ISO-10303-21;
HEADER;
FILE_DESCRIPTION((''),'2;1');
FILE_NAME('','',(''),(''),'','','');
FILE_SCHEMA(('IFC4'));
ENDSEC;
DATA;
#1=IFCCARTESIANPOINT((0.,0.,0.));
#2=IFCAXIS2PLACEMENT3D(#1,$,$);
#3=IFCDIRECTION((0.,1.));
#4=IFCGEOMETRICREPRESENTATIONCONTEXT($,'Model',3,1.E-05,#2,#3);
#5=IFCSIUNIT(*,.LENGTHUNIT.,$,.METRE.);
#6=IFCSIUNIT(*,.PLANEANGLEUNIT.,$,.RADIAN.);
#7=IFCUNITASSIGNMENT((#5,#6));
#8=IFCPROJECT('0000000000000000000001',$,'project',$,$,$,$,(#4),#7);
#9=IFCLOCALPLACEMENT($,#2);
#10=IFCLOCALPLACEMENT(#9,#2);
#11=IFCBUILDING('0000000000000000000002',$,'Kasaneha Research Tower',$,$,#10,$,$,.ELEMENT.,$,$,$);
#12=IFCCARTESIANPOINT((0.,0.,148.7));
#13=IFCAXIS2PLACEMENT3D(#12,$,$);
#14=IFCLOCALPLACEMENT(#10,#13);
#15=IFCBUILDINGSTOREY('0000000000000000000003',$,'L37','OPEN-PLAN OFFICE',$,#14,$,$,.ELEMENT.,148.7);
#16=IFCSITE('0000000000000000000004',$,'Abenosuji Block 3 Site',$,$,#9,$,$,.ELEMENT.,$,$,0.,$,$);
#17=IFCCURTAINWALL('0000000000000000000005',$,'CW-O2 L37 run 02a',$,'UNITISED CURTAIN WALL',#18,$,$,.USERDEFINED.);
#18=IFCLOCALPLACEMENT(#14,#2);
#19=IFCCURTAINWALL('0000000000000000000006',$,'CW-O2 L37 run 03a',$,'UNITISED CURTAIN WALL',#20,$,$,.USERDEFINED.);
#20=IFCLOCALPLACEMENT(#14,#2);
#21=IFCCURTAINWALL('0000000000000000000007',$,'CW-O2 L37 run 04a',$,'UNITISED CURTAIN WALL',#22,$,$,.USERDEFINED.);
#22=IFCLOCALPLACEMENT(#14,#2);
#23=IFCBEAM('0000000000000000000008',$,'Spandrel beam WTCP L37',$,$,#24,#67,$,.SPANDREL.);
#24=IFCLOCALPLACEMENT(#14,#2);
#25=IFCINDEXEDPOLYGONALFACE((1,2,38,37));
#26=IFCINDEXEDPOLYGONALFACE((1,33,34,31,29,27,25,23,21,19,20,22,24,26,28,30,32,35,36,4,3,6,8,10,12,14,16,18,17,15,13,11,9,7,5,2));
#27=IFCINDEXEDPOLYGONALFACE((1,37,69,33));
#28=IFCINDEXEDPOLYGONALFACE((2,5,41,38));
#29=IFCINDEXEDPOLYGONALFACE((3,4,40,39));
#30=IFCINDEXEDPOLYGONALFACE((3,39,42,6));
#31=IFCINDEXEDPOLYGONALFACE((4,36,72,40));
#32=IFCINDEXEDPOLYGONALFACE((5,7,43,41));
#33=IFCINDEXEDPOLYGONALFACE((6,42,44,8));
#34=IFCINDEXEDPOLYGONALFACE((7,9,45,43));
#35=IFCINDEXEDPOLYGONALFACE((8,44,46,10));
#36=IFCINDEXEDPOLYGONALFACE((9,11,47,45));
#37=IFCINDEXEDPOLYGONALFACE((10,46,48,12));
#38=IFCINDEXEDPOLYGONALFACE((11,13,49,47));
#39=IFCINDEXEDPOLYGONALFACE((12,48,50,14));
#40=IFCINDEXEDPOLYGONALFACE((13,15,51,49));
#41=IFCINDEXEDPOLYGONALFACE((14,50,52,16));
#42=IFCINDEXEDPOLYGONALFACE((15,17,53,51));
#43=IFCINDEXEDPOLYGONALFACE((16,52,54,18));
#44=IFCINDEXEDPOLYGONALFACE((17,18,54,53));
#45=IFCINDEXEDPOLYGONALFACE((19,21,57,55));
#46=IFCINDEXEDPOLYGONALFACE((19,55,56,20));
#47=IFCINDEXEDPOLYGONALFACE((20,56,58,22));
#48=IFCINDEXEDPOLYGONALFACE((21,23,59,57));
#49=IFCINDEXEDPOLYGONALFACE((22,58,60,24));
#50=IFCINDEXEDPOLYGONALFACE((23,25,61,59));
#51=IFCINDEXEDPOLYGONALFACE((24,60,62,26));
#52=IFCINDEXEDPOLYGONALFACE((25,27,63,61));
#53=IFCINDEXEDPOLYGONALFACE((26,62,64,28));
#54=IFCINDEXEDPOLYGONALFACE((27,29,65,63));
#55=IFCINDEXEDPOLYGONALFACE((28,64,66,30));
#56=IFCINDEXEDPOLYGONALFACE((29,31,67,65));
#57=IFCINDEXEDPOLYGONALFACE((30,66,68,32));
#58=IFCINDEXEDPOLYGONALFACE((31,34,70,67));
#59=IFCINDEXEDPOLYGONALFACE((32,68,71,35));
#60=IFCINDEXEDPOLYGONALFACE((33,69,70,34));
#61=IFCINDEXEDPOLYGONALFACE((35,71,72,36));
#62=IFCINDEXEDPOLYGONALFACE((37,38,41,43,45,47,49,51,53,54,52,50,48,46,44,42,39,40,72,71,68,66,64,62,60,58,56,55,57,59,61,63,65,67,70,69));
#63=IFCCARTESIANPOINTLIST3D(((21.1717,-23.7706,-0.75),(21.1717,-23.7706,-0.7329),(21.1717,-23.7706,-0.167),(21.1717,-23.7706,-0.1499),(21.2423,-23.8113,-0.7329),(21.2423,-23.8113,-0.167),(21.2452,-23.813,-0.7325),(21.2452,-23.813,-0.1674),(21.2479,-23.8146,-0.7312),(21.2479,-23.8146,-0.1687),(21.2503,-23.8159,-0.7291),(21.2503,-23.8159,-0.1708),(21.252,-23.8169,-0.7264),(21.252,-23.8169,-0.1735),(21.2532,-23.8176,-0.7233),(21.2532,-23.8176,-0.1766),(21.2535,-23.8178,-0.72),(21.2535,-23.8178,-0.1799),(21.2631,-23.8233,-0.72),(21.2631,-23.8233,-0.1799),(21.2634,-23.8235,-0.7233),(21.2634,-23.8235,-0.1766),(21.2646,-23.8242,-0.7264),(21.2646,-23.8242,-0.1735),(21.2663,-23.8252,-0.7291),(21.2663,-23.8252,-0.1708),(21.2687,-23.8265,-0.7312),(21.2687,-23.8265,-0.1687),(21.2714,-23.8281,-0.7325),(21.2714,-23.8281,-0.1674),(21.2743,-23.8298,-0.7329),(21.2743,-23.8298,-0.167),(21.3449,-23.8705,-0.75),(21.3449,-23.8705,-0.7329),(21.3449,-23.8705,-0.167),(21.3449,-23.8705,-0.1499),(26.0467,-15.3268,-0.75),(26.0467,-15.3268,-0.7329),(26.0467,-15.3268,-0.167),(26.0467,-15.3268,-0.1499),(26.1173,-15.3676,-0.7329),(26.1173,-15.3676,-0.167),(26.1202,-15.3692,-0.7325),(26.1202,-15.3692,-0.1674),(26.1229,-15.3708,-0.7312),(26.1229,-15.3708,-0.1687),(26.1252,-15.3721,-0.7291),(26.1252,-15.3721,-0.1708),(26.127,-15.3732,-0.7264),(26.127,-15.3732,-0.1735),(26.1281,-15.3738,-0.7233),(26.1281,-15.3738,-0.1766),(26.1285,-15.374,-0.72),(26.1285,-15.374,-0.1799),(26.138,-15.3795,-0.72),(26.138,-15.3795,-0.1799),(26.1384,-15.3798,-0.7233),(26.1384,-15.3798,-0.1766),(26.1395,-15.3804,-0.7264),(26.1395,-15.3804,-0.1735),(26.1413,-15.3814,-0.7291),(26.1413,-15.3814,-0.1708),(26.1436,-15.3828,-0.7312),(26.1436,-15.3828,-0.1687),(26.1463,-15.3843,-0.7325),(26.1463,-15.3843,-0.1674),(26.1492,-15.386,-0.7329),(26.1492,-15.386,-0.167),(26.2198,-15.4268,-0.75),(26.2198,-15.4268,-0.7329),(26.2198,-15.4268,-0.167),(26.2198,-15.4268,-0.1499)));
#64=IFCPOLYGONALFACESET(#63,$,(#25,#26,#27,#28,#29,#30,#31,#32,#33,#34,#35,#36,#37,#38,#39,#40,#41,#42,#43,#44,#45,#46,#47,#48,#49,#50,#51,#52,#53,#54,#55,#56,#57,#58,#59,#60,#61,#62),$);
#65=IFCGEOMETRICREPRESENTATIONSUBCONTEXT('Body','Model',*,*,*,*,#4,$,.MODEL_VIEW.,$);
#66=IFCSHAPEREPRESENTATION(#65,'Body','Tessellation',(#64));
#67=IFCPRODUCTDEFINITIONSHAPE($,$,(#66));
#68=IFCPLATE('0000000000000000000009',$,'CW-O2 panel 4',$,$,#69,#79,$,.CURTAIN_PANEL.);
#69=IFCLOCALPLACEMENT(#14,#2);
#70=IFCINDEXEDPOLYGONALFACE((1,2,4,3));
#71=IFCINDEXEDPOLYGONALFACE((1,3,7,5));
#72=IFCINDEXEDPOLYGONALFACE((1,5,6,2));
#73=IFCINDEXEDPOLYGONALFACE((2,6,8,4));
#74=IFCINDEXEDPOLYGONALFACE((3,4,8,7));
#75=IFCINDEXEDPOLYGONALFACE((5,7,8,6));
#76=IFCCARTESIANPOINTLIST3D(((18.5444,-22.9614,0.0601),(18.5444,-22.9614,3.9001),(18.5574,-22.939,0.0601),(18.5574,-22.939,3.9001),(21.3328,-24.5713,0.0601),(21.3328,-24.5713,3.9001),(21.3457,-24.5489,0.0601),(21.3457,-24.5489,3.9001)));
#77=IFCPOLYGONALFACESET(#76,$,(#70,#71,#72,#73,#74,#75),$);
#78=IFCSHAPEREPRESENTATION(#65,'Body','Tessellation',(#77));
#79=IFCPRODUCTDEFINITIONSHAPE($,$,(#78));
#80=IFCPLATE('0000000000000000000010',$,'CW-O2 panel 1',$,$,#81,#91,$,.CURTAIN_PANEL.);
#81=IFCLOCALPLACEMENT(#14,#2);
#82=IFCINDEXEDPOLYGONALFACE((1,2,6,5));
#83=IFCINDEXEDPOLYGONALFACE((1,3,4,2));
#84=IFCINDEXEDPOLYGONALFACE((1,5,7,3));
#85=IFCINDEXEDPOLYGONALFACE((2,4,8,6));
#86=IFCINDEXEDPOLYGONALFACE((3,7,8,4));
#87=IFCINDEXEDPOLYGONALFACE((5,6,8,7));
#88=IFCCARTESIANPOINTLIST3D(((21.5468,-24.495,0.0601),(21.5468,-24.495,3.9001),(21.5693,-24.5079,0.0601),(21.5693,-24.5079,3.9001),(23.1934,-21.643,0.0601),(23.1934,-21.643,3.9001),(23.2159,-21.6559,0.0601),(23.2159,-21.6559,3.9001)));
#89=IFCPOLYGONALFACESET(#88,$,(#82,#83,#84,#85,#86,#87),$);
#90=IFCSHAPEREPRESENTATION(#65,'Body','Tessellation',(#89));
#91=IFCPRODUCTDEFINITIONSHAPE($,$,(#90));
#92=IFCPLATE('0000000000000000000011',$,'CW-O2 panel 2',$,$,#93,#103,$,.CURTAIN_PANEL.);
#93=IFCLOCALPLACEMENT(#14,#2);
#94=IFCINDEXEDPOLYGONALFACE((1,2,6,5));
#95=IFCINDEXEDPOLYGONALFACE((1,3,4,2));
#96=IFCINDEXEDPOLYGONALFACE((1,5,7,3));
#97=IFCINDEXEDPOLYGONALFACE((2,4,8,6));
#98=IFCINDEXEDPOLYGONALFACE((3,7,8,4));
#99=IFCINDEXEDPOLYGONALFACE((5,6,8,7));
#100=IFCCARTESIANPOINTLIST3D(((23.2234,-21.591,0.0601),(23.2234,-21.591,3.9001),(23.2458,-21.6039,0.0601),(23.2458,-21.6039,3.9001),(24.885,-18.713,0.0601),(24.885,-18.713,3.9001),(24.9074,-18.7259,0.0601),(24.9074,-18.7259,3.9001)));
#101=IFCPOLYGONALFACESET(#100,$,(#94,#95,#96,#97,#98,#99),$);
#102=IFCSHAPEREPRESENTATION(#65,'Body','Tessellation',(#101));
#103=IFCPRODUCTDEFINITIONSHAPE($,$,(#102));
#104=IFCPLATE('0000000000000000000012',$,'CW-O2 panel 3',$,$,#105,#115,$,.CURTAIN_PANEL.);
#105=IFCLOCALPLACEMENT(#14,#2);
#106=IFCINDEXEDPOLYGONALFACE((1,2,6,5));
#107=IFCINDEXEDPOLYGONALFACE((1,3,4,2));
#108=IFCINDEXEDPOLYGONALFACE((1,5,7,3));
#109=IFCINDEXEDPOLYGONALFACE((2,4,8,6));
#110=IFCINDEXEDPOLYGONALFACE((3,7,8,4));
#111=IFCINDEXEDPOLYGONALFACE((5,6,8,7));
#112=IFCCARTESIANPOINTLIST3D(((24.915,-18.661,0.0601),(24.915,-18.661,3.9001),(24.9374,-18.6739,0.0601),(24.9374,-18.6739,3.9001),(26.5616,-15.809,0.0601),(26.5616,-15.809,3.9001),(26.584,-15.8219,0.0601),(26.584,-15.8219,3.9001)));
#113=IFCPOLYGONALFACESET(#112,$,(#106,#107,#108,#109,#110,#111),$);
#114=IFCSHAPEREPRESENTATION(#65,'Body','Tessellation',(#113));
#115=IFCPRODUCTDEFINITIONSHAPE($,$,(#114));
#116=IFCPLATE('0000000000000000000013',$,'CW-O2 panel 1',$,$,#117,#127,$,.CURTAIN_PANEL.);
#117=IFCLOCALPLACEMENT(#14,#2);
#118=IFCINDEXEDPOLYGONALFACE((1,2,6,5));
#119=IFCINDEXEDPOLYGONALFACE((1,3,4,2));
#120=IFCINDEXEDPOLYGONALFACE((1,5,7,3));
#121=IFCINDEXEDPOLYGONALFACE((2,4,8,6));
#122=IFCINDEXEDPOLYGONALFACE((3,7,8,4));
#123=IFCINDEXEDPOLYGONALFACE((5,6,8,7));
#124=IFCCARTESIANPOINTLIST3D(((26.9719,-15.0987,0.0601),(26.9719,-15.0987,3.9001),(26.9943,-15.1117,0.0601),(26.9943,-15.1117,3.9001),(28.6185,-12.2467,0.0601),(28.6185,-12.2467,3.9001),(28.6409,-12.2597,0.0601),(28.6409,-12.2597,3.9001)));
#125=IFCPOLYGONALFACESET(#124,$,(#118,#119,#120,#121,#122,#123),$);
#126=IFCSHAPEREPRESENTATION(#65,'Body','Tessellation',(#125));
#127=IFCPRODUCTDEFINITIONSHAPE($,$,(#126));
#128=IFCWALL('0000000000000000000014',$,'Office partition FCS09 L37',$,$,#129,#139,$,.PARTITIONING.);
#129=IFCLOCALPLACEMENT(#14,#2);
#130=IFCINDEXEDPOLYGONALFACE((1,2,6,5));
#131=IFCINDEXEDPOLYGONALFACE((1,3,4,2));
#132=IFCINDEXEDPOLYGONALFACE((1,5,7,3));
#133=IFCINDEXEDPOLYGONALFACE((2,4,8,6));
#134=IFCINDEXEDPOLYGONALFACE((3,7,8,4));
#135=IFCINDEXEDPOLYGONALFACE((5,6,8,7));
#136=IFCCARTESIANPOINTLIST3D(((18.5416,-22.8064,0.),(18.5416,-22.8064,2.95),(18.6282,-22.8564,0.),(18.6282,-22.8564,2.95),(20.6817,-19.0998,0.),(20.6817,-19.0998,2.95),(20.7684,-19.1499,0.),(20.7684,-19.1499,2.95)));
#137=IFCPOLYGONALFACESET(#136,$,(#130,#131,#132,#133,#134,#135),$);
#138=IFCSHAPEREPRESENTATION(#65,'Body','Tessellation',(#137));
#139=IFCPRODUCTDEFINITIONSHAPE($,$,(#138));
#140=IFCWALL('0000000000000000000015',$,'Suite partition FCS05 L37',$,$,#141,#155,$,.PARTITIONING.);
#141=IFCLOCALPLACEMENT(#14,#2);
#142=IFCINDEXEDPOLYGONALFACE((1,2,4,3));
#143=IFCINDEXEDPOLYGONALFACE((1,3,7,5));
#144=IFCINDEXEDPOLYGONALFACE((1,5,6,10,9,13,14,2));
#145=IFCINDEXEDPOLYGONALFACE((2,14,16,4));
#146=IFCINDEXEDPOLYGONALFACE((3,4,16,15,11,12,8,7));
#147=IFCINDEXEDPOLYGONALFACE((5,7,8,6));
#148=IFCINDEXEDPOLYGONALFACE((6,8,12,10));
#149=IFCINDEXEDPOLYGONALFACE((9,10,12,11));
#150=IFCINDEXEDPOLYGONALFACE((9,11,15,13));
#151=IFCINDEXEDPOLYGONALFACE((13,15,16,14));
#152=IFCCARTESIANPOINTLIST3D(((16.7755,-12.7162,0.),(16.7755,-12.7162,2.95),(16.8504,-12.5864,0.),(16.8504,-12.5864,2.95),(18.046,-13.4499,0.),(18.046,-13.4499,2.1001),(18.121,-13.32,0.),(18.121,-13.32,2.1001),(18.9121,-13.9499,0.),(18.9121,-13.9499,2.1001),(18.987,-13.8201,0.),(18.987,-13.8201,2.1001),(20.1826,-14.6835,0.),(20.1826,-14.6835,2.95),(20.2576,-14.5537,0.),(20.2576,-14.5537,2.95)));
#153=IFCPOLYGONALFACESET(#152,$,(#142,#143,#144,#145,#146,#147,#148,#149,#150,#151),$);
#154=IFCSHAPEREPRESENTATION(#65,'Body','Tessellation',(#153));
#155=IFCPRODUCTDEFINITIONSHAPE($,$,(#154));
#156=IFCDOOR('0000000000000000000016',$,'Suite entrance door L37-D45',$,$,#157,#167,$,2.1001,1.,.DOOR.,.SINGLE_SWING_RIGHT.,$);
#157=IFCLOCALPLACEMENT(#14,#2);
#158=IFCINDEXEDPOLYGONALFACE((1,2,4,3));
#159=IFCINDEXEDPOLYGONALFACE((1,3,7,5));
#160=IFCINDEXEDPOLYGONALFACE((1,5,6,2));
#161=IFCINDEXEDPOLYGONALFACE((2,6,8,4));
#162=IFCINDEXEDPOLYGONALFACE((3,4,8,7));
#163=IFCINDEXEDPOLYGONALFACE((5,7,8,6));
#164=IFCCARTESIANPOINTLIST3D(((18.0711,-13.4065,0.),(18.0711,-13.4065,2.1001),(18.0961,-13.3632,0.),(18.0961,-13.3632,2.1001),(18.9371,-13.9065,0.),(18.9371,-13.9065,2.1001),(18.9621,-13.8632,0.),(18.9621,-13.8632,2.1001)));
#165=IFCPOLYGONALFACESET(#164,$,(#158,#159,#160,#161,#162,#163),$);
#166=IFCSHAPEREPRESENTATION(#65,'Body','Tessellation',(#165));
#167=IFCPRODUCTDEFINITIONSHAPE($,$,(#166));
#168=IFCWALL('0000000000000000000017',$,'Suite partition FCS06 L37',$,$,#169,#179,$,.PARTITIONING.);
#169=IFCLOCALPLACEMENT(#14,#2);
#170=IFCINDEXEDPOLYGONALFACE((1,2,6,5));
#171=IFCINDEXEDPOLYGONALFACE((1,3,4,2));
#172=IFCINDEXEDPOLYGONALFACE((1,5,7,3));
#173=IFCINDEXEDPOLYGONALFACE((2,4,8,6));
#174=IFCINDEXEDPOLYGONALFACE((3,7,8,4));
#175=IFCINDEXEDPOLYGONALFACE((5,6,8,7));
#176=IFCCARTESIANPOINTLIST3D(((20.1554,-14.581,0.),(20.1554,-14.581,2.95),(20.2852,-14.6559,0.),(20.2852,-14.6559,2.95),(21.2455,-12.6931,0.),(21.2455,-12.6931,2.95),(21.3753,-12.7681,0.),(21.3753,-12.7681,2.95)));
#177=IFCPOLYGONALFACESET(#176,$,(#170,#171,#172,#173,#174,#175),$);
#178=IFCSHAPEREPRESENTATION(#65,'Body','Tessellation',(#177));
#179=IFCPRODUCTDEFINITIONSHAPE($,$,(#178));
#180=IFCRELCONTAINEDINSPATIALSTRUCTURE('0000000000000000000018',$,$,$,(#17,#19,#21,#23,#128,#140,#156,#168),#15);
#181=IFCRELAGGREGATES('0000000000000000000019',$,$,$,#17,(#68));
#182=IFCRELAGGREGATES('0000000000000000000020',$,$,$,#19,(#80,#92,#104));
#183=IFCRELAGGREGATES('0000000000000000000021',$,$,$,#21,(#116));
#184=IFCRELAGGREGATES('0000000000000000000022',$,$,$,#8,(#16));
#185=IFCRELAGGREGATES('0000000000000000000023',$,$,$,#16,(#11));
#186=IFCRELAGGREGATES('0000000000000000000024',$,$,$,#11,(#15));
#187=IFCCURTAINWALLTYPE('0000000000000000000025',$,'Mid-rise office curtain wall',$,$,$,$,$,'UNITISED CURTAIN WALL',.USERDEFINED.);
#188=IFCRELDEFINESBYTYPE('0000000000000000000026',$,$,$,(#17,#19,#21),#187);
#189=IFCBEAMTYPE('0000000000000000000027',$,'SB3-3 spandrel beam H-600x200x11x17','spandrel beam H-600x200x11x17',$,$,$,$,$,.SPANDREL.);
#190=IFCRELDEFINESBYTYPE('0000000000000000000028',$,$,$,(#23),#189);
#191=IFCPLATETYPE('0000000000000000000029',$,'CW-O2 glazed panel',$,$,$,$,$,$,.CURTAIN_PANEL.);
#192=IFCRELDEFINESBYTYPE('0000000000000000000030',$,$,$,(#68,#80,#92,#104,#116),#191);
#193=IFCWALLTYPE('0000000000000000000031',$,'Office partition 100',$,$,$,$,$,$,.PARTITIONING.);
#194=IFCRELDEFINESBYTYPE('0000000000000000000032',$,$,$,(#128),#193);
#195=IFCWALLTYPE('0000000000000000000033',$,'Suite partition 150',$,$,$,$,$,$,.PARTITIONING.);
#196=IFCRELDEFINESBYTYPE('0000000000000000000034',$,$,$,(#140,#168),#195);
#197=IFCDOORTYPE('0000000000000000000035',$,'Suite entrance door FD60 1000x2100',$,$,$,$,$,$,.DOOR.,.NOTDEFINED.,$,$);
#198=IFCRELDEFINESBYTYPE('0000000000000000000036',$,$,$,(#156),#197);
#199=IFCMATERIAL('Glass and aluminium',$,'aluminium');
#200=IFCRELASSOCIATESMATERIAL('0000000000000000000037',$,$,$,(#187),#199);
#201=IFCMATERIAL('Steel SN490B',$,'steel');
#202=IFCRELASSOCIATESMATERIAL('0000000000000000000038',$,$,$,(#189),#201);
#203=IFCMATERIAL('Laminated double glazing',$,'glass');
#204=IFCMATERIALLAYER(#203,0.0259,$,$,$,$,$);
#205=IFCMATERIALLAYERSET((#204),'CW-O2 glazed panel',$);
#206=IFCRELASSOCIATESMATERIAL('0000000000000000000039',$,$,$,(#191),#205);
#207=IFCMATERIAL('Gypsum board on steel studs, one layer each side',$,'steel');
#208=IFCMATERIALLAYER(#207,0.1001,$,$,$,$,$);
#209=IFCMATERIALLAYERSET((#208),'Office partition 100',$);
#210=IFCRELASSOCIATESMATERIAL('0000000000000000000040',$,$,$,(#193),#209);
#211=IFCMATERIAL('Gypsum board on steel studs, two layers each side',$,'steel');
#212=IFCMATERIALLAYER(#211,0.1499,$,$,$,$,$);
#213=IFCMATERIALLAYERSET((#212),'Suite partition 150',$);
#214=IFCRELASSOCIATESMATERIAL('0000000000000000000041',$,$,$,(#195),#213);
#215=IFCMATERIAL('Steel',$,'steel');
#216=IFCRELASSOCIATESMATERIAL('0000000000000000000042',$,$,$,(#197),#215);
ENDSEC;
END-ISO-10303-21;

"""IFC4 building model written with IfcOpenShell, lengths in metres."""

from ifc_helpers import new_model, si_unit, direction, frame, frame_2d, origin, origin_2d, place, context, subcontext, project, spatial, rectangle, i_section, extrude, material, layer, layer_set, material_profile, profile_set, type_object, element, fill, aggregate, save


model = new_model("IFC4")

# Units and contexts
model_context = context("Model", 3, precision=1e-05, world=origin(), true_north=direction((0.0, 1.0)))
body_context = subcontext(model_context, "Body", "Model", "MODEL_VIEW")
ifc_project = project(units=[si_unit("LENGTHUNIT", "METRE"), si_unit("PLANEANGLEUNIT", "RADIAN")], contexts=[model_context])

# Site, building, storey
site_placement = place(None, origin())
site = spatial("IfcSite", under=ifc_project, at=site_placement, Name="Abenosuji Block 3 Site", CompositionType="ELEMENT", RefElevation=0.0)
building_placement = place(site_placement, origin())
building = spatial("IfcBuilding", under=site, at=building_placement, Name="Kasaneha Research Tower", CompositionType="ELEMENT")
storey_placement = place(building_placement, frame((0.0, 0.0, 148.7)))
storey = spatial("IfcBuildingStorey", under=building, at=storey_placement, Name="L37", Description="OPEN-PLAN OFFICE", CompositionType="ELEMENT", Elevation=148.7)

# Curtain wall
ifc_material_1 = material(Name="Glass and aluminium", Category="aluminium")
curtain_wall_type = type_object("IfcCurtainWallType", Name="Mid-rise office curtain wall", ElementType="UNITISED CURTAIN WALL", PredefinedType="USERDEFINED", material=ifc_material_1)
curtain_wall_1_placement = place(storey_placement, origin())
curtain_wall_1 = element("IfcCurtainWall", 1, at=curtain_wall_1_placement, inside=storey, type_object=curtain_wall_type, Name="CW-O2 L37 run 02a", ObjectType="UNITISED CURTAIN WALL", PredefinedType="USERDEFINED")

# Curtain walls
curtain_wall_2_placement = place(storey_placement, origin())
curtain_wall_2 = element("IfcCurtainWall", 2, at=curtain_wall_2_placement, inside=storey, type_object=curtain_wall_type, Name="CW-O2 L37 run 03a", ObjectType="UNITISED CURTAIN WALL", PredefinedType="USERDEFINED")
curtain_wall_3_placement = place(storey_placement, origin())
curtain_wall_3 = element("IfcCurtainWall", 3, at=curtain_wall_3_placement, inside=storey, type_object=curtain_wall_type, Name="CW-O2 L37 run 04a", ObjectType="UNITISED CURTAIN WALL", PredefinedType="USERDEFINED")

# Beam
ifc_material_2 = material(Name="Steel SN490B", Category="steel")
ifc_material_profile_1 = material_profile(ifc_material_2, i_section(OverallWidth=0.2, OverallDepth=0.6001, WebThickness=0.011, FlangeThickness=0.0171, FilletRadius=0.0129, at=origin_2d()), Name="H-600x200x11x17")
ifc_profile_set_1 = profile_set([ifc_material_profile_1], Name="Steel SN490B")
beam_type = type_object("IfcBeamType", Name="SB3-3 spandrel beam H-600x200x11x17", Description="spandrel beam H-600x200x11x17", PredefinedType="SPANDREL", material=ifc_profile_set_1)
beam_placement = place(storey_placement, frame((21.2583, -23.8206, -0.45), z_axis=(0.499996, 0.866028, 0.0), x_axis=(-0.866028, 0.499996, 0.0)))
element("IfcBeam", 4, at=beam_placement, inside=storey, type_object=beam_type, Name="Spandrel beam WTCP L37", PredefinedType="SPANDREL", context=body_context, shape_type="SweptSolid", body=[
    extrude(i_section(OverallWidth=0.2, OverallDepth=0.6001, WebThickness=0.011, FlangeThickness=0.0171, FilletRadius=0.0129, at=origin_2d()), origin(), (0.0, 0.0, 1.0), 9.75),
])

# Plates
ifc_material_3 = material(Name="Laminated double glazing", Category="glass")
ifc_layer_1 = layer(ifc_material_3, 0.0259)
ifc_layer_set_1 = layer_set([ifc_layer_1], Name="CW-O2 glazed panel")
plate_type = type_object("IfcPlateType", Name="CW-O2 glazed panel", PredefinedType="CURTAIN_PANEL", material=ifc_layer_set_1)
plate_1_placement = place(storey_placement, frame((19.9451, -23.7551, 0.0601), z_axis=(0.0, 0.0, 1.0), x_axis=(0.866025, -0.5, 0.0)))
plate_1 = element("IfcPlate", 5, at=plate_1_placement, type_object=plate_type, Name="CW-O2 panel 4", PredefinedType="CURTAIN_PANEL", context=body_context, shape_type="SweptSolid", body=[
    extrude(rectangle(XDim=3.2197, YDim=0.0259, at=origin_2d()), origin(), (0.0, 0.0, 1.0), 3.8401),
])
aggregate(curtain_wall_1, [plate_1])
plate_2_placement = place(storey_placement, frame((22.3813, -23.0754, 0.0601), z_axis=(0.0, 0.0, 1.0), x_axis=(0.5, 0.866025, 0.0)))
plate_2 = element("IfcPlate", 6, at=plate_2_placement, type_object=plate_type, Name="CW-O2 panel 1", PredefinedType="CURTAIN_PANEL", context=body_context, shape_type="SweptSolid", body=[
    extrude(rectangle(XDim=3.2932, YDim=0.0259, at=origin_2d()), origin(), (0.0, 0.0, 1.0), 3.8401),
])
plate_3_placement = place(storey_placement, frame((24.0654, -20.1584, 0.0601), z_axis=(0.0, 0.0, 1.0), x_axis=(0.5, 0.866025, 0.0)))
plate_3 = element("IfcPlate", 7, at=plate_3_placement, type_object=plate_type, Name="CW-O2 panel 2", PredefinedType="CURTAIN_PANEL", context=body_context, shape_type="SweptSolid", body=[
    extrude(rectangle(XDim=3.3232, YDim=0.0259, at=origin_2d()), origin(), (0.0, 0.0, 1.0), 3.8401),
])
plate_4_placement = place(storey_placement, frame((25.7495, -17.2415, 0.0601), z_axis=(0.0, 0.0, 1.0), x_axis=(0.5, 0.866025, 0.0)))
plate_4 = element("IfcPlate", 8, at=plate_4_placement, type_object=plate_type, Name="CW-O2 panel 3", PredefinedType="CURTAIN_PANEL", context=body_context, shape_type="SweptSolid", body=[
    extrude(rectangle(XDim=3.2932, YDim=0.0259, at=origin_2d()), origin(), (0.0, 0.0, 1.0), 3.8401),
])
aggregate(curtain_wall_2, [plate_2, plate_3, plate_4])
plate_5_placement = place(storey_placement, frame((27.8064, -13.6792, 0.0601), z_axis=(0.0, 0.0, 1.0), x_axis=(0.5, 0.866025, 0.0)))
plate_5 = element("IfcPlate", 9, at=plate_5_placement, type_object=plate_type, Name="CW-O2 panel 1", PredefinedType="CURTAIN_PANEL", context=body_context, shape_type="SweptSolid", body=[
    extrude(rectangle(XDim=3.2932, YDim=0.0259, at=origin_2d()), origin(), (0.0, 0.0, 1.0), 3.8401),
])
aggregate(curtain_wall_3, [plate_5])

# Wall
ifc_material_4 = material(Name="Gypsum board on steel studs, one layer each side", Category="steel")
ifc_layer_2 = layer(ifc_material_4, 0.1001)
ifc_layer_set_2 = layer_set([ifc_layer_2], Name="Office partition 100")
wall_type_1 = type_object("IfcWallType", Name="Office partition 100", PredefinedType="PARTITIONING", material=ifc_layer_set_2)
wall_1_placement = place(storey_placement, frame((20.7251, -19.1248, 0.0), z_axis=(0.0, 0.0, 1.0), x_axis=(-0.500029, -0.866009, 0.0)))
element("IfcWall", 10, at=wall_1_placement, inside=storey, type_object=wall_type_1, Name="Office partition FCS09 L37", PredefinedType="PARTITIONING", context=body_context, shape_type="SweptSolid", body=[
    extrude(rectangle(XDim=4.28, YDim=0.1001, at=frame_2d((2.1401, 0.0))), origin(), (0.0, 0.0, 1.0), 2.95),
])

# Wall, opening, door
ifc_material_5 = material(Name="Gypsum board on steel studs, two layers each side", Category="steel")
ifc_layer_3 = layer(ifc_material_5, 0.1499)
ifc_layer_set_3 = layer_set([ifc_layer_3], Name="Suite partition 150")
wall_type_2 = type_object("IfcWallType", Name="Suite partition 150", PredefinedType="PARTITIONING", material=ifc_layer_set_3)
wall_2_placement = place(storey_placement, frame((20.2202, -14.6187, 0.0), z_axis=(0.0, 0.0, 1.0), x_axis=(-0.866012, 0.500023, 0.0)))
wall_2 = element("IfcWall", 11, at=wall_2_placement, inside=storey, type_object=wall_type_2, Name="Suite partition FCS05 L37", PredefinedType="PARTITIONING", context=body_context, shape_type="SweptSolid", body=[
    extrude(rectangle(XDim=3.9343, YDim=0.1499, at=frame_2d((1.9673, 0.0))), origin(), (0.0, 0.0, 1.0), 2.95),
])
opening_placement = place(wall_2_placement, frame((1.4673, 0.0, 0.0)))
opening = element("IfcOpeningElement", 12, at=opening_placement, cuts=wall_2, PredefinedType="OPENING", context=body_context, shape_type="SweptSolid", body=[
    extrude(rectangle(XDim=1.0, YDim=2.1001, at=frame_2d((0.5, 1.05))), frame((0.0, 0.085, 0.0), z_axis=(0.0, -1.0, 0.0), x_axis=(1.0, 0.0, 0.0)), (0.0, 0.0, 1.0), 0.1699),
])
ifc_material_6 = material(Name="Steel", Category="steel")
door_type = type_object("IfcDoorType", Name="Suite entrance door FD60 1000x2100", OperationType="NOTDEFINED", PredefinedType="DOOR", material=ifc_material_6)
door_placement = place(opening_placement, origin())
door = element("IfcDoor", 13, at=door_placement, inside=storey, type_object=door_type, Name="Suite entrance door L37-D45", OperationType="SINGLE_SWING_RIGHT", OverallHeight=2.1001, OverallWidth=1.0, PredefinedType="DOOR", context=body_context, shape_type="SweptSolid", body=[
    extrude(rectangle(XDim=1.0, YDim=2.1001, at=frame_2d((0.5, 1.05))), frame((0.0, 0.0249, 0.0), z_axis=(0.0, -1.0, 0.0), x_axis=(1.0, 0.0, 0.0)), (0.0, 0.0, 1.0), 0.05),
])
fill(opening, door)

# Wall
wall_3_placement = place(storey_placement, frame((21.3103, -12.7307, 0.0), z_axis=(0.0, 0.0, 1.0), x_axis=(-0.500029, -0.866008, 0.0)))
element("IfcWall", 14, at=wall_3_placement, inside=storey, type_object=wall_type_2, Name="Suite partition FCS06 L37", PredefinedType="PARTITIONING", context=body_context, shape_type="SweptSolid", body=[
    extrude(rectangle(XDim=2.1799, YDim=0.1499, at=frame_2d((1.0898, 0.0))), origin(), (0.0, 0.0, 1.0), 2.95),
])

save(model, "model.ifc")
